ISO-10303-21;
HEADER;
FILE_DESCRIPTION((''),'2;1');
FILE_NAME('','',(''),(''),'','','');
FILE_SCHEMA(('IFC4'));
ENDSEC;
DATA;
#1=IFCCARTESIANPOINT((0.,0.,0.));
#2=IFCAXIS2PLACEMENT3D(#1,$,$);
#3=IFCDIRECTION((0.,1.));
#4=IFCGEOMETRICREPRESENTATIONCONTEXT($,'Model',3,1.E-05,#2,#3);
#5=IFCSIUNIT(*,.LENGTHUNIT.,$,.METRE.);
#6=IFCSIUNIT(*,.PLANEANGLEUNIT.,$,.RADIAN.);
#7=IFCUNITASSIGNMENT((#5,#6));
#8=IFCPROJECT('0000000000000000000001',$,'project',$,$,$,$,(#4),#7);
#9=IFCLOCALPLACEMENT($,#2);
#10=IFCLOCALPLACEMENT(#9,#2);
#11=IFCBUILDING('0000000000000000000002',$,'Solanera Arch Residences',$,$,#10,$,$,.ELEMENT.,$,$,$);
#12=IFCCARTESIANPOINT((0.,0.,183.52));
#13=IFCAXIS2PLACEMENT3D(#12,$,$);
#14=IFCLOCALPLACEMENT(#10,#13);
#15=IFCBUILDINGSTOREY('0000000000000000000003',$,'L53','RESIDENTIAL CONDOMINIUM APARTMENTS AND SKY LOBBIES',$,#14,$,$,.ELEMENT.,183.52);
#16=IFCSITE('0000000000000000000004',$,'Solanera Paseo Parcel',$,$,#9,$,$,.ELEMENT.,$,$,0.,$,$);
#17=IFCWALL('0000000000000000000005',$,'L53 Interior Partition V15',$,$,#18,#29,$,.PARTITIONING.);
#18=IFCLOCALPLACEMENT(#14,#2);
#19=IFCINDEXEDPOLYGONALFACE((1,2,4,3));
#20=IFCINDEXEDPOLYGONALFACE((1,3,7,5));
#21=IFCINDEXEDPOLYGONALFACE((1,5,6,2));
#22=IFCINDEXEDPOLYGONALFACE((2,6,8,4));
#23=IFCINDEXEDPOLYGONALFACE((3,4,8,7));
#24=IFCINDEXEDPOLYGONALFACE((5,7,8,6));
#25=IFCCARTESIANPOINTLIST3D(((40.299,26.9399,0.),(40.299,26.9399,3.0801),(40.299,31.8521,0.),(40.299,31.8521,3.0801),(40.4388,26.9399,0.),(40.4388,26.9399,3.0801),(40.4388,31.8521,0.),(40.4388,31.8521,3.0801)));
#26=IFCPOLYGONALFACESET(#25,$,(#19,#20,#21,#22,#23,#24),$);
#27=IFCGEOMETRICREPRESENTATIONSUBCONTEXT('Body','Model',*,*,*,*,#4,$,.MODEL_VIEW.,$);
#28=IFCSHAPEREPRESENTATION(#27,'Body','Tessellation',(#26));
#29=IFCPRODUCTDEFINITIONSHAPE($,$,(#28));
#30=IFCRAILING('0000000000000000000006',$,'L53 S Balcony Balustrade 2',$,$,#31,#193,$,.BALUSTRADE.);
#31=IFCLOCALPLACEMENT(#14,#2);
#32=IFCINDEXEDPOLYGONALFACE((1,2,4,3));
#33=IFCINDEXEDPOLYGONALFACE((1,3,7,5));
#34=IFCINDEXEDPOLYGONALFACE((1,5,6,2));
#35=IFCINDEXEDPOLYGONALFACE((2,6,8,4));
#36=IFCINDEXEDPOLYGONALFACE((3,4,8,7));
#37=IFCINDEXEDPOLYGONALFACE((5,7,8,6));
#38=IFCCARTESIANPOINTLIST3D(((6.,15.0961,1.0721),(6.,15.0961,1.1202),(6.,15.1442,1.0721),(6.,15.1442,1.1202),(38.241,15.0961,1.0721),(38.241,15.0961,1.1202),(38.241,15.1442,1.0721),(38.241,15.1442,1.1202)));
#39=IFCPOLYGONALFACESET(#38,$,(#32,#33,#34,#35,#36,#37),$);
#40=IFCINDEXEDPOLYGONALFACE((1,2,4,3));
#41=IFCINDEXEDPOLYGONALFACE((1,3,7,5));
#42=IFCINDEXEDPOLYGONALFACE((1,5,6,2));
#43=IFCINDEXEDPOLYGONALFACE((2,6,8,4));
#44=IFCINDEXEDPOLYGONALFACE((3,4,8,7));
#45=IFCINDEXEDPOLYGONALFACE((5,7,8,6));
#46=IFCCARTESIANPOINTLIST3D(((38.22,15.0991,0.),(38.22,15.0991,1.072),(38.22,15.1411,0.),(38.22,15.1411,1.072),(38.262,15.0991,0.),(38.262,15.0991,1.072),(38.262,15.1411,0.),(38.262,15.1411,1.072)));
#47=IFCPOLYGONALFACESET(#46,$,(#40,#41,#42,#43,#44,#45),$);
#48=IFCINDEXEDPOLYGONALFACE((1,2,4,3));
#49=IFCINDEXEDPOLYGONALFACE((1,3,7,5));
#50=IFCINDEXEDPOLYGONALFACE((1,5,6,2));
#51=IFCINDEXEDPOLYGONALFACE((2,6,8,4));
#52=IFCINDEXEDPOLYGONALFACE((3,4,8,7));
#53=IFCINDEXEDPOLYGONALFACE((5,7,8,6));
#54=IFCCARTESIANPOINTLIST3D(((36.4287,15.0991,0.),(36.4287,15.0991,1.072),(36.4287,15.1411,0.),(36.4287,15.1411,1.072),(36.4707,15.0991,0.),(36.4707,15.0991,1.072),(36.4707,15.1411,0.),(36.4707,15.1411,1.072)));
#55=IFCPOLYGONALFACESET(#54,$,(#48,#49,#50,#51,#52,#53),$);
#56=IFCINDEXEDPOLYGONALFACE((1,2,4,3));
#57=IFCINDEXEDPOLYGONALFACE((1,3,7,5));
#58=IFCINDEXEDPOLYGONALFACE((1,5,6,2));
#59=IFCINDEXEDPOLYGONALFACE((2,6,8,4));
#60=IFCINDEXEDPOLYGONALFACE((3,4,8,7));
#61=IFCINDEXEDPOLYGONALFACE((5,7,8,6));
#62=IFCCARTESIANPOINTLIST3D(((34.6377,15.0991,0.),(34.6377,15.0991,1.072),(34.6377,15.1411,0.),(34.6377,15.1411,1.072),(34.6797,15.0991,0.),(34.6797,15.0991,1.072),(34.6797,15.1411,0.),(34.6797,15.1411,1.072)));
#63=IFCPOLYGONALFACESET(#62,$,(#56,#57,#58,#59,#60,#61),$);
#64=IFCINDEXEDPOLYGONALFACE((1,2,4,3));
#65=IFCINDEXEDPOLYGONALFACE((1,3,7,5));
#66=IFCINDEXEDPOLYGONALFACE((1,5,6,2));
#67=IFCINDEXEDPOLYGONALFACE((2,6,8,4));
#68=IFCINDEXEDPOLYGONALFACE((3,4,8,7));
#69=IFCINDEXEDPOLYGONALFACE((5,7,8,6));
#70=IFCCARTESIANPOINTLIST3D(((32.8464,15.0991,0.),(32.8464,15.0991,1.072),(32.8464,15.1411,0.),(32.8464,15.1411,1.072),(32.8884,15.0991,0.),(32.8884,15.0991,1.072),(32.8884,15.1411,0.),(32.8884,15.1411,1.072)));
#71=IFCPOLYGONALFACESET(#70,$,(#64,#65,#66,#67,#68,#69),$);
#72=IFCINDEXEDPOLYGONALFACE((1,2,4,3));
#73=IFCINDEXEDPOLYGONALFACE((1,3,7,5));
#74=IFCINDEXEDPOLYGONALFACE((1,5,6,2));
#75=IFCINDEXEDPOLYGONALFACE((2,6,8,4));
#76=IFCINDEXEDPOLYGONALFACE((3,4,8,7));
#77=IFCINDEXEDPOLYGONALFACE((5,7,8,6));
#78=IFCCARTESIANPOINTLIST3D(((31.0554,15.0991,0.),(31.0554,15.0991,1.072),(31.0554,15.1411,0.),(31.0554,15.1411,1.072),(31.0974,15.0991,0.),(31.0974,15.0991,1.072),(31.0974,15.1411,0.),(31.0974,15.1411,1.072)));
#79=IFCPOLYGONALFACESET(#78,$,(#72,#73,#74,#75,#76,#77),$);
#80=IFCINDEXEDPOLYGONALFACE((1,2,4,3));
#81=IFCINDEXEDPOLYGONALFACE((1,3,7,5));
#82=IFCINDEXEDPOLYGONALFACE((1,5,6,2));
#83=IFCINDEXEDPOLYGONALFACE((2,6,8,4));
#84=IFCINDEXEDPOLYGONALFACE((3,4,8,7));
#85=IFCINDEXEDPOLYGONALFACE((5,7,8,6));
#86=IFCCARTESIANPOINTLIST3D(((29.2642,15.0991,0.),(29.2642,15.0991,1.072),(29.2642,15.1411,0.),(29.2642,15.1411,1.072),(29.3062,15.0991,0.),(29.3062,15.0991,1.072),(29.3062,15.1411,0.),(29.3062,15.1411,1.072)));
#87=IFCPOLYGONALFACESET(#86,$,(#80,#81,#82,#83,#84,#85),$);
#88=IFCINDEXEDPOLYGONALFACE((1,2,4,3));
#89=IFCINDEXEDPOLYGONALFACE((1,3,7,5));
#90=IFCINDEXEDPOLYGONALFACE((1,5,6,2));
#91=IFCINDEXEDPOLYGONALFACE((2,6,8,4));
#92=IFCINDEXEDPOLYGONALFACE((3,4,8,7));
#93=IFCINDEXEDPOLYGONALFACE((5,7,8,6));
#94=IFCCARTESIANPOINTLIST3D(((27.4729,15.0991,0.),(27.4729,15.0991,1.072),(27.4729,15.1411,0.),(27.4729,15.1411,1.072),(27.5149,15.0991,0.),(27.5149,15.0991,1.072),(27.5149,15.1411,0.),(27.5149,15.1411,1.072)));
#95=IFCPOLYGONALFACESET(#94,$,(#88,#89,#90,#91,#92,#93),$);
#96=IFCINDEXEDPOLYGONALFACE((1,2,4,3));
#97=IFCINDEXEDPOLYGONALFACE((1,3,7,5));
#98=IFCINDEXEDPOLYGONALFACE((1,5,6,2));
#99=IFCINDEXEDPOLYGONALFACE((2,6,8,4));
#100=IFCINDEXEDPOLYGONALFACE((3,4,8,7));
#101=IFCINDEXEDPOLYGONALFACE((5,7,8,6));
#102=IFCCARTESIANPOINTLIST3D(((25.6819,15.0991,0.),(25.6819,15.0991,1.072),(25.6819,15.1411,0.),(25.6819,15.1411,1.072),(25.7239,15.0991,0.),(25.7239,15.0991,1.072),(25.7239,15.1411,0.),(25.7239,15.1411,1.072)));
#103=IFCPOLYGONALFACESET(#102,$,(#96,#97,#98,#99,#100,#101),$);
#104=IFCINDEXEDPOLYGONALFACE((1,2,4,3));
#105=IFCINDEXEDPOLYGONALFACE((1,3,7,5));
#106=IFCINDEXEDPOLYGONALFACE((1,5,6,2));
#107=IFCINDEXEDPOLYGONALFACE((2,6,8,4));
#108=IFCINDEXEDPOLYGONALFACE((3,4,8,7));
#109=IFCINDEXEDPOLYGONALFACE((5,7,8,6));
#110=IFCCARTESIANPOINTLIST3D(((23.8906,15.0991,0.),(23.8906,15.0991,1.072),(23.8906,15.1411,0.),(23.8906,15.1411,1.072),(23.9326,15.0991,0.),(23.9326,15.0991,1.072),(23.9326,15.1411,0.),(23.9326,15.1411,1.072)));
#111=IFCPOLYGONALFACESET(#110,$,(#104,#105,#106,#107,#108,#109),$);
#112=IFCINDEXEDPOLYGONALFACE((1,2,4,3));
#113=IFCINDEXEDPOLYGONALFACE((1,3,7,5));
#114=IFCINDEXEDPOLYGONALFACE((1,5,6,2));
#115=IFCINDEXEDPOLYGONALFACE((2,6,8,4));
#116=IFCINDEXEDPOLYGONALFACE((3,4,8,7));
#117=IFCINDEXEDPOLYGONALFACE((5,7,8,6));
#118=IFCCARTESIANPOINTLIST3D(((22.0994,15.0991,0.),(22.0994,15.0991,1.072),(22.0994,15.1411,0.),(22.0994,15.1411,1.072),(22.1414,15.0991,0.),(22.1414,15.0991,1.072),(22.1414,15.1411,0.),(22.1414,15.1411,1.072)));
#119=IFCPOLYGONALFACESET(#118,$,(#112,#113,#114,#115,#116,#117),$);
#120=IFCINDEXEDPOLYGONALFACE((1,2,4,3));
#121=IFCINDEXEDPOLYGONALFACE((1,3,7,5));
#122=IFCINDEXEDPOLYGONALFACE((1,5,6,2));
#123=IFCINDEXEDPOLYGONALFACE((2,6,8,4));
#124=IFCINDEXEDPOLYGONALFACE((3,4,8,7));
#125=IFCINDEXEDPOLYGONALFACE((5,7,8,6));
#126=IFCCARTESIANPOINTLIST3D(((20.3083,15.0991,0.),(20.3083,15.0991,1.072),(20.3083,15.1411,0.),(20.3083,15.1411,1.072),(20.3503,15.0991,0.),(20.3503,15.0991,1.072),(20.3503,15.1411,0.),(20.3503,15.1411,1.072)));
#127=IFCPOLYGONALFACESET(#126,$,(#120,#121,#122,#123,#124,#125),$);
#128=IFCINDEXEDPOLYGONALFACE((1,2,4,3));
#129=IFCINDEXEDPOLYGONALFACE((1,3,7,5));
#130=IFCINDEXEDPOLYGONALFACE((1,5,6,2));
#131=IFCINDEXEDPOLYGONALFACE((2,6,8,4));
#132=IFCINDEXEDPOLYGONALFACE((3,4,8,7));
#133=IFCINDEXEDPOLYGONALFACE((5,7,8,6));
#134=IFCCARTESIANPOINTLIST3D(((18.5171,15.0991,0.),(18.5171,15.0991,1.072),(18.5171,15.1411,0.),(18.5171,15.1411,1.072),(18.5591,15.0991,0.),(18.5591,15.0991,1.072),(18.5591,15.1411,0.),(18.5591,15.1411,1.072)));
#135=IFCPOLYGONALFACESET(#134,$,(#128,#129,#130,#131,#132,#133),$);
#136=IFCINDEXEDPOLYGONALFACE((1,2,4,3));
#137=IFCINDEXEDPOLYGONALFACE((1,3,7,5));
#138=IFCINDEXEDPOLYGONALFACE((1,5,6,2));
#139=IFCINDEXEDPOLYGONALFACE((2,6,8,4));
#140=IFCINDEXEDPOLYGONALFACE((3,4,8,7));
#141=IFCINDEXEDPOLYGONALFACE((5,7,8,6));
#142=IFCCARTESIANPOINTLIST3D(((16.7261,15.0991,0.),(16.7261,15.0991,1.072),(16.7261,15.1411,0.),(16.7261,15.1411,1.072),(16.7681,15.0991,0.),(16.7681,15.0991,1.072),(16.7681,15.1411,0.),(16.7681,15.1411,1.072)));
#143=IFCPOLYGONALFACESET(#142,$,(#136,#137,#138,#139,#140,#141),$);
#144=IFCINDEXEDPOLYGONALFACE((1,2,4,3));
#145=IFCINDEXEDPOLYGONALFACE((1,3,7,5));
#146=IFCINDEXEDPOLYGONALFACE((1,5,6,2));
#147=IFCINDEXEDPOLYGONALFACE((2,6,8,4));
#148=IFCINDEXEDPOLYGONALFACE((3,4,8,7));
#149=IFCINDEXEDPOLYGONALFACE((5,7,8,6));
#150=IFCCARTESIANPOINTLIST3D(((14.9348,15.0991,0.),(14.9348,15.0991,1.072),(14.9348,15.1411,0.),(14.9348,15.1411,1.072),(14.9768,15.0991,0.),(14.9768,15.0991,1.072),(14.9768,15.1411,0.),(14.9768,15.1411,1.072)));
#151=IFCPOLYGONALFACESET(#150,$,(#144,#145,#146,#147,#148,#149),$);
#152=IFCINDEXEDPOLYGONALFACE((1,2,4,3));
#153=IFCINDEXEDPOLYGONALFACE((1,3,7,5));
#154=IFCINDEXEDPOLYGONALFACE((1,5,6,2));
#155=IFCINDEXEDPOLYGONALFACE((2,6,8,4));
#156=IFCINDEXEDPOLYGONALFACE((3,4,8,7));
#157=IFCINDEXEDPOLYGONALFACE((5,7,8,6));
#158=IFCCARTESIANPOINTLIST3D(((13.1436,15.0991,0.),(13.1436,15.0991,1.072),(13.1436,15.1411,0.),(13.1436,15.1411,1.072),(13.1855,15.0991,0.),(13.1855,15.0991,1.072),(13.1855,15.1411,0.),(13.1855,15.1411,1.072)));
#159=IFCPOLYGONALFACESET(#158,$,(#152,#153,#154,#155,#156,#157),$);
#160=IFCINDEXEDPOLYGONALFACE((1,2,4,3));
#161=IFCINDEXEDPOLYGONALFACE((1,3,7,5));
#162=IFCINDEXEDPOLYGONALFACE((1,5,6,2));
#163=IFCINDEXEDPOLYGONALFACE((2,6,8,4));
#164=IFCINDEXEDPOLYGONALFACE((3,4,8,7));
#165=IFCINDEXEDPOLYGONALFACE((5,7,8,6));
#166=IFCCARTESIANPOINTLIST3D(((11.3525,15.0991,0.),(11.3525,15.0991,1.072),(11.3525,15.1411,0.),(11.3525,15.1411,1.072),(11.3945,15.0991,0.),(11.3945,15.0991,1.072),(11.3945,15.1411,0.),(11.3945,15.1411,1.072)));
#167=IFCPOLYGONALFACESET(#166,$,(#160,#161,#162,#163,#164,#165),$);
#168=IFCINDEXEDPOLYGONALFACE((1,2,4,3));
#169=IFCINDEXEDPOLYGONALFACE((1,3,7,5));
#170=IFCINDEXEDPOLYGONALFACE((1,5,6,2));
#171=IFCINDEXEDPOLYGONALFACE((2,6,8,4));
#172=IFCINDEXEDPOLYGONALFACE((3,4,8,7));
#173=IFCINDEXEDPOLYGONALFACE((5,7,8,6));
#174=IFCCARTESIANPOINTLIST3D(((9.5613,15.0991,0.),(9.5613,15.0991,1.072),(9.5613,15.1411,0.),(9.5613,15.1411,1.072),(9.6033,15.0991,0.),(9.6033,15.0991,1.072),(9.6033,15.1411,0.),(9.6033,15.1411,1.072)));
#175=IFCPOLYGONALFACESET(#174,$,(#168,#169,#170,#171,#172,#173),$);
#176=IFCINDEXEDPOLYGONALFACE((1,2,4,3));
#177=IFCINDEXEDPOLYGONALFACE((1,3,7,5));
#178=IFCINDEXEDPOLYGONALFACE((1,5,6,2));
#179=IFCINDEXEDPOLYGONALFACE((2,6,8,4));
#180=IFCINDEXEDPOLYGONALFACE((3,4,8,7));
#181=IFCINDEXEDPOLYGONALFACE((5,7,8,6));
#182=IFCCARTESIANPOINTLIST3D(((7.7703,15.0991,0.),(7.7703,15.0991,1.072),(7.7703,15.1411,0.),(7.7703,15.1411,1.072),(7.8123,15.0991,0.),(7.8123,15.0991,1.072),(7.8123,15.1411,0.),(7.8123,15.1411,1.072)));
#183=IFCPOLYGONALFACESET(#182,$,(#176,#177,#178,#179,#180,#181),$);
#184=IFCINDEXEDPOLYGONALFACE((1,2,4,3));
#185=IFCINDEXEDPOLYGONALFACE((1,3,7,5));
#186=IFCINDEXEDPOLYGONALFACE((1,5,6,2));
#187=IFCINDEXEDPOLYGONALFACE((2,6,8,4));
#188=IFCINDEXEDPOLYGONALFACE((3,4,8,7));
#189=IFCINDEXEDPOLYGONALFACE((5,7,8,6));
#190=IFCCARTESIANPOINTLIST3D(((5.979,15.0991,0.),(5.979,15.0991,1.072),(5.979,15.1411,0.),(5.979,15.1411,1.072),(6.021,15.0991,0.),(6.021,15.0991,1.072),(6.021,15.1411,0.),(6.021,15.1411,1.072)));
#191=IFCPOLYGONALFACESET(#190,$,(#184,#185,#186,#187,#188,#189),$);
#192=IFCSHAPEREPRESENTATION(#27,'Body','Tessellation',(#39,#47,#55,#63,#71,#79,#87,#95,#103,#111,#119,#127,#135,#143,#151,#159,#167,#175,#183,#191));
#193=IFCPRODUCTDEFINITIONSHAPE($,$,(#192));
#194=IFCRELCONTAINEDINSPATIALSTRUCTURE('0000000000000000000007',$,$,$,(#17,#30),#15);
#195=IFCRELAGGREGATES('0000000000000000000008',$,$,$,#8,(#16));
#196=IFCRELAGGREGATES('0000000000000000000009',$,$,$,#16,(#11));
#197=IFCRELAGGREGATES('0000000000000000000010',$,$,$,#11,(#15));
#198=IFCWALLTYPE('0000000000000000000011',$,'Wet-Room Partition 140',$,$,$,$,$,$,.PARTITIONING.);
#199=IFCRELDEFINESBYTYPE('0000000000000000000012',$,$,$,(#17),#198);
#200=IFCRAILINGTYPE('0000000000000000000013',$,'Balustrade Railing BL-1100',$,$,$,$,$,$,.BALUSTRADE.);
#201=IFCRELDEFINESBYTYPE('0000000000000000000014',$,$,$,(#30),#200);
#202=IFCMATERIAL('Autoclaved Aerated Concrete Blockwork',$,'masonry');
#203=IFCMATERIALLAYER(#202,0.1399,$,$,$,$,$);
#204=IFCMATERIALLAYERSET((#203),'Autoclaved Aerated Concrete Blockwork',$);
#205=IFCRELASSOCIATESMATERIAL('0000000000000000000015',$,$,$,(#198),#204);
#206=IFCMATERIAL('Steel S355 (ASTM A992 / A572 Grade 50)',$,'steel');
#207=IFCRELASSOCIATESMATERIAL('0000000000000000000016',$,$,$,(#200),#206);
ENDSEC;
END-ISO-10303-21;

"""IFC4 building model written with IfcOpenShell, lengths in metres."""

from ifc_helpers import new_model, si_unit, direction, frame, frame_2d, origin, origin_2d, place, context, subcontext, project, spatial, rectangle, extrude, material, layer, layer_set, type_object, element, save


model = new_model("IFC4")

# Units and contexts
model_context = context("Model", 3, precision=1e-05, world=origin(), true_north=direction((0.0, 1.0)))
body_context = subcontext(model_context, "Body", "Model", "MODEL_VIEW")
ifc_project = project(units=[si_unit("LENGTHUNIT", "METRE"), si_unit("PLANEANGLEUNIT", "RADIAN")], contexts=[model_context])

# Site, building, storey
site_placement = place(None, origin())
site = spatial("IfcSite", under=ifc_project, at=site_placement, Name="Solanera Paseo Parcel", CompositionType="ELEMENT", RefElevation=0.0)
building_placement = place(site_placement, origin())
building = spatial("IfcBuilding", under=site, at=building_placement, Name="Solanera Arch Residences", CompositionType="ELEMENT")
storey_placement = place(building_placement, frame((0.0, 0.0, 183.52)))
storey = spatial("IfcBuildingStorey", under=building, at=storey_placement, Name="L53", Description="RESIDENTIAL CONDOMINIUM APARTMENTS AND SKY LOBBIES", CompositionType="ELEMENT", Elevation=183.52)

# Shared definitions
ifc_material_1 = material(Name="Autoclaved Aerated Concrete Blockwork", Category="masonry")
ifc_layer_1 = layer(ifc_material_1, 0.1399)
ifc_layer_set_1 = layer_set([ifc_layer_1], Name="Autoclaved Aerated Concrete Blockwork")
wall_type_1 = type_object("IfcWallType", Name="Wet-Room Partition 140", PredefinedType="PARTITIONING", material=ifc_layer_set_1)

# Wall
wall_1_placement = place(storey_placement, frame((40.3689, 26.9399, 0.0), z_axis=(0.0, 0.0, 1.0), x_axis=(0.0, 1.0, 0.0)))
element("IfcWall", 1, at=wall_1_placement, inside=storey, type_object=wall_type_1, Name="L53 Interior Partition V15", PredefinedType="PARTITIONING", context=body_context, shape_type="SweptSolid", body=[
    extrude(rectangle(XDim=4.9121, YDim=0.1399, at=frame_2d((2.4561, 0.0))), origin(), (0.0, 0.0, 1.0), 3.0801),
])

# Railing
ifc_material_2 = material(Name="Steel S355 (ASTM A992 / A572 Grade 50)", Category="steel")
railing_type = type_object("IfcRailingType", Name="Balustrade Railing BL-1100", PredefinedType="BALUSTRADE", material=ifc_material_2)
railing_1_placement = place(storey_placement, frame((38.241, 15.1201, 0.0)))
element("IfcRailing", 2, at=railing_1_placement, inside=storey, type_object=railing_type, Name="L53 S Balcony Balustrade 2", PredefinedType="BALUSTRADE", context=body_context, shape_type="SweptSolid", body=[
    extrude(rectangle(XDim=0.0481, YDim=0.0481, at=origin_2d()), frame((0.0, 0.0, 1.0962), z_axis=(-1.0, 0.0, 0.0), x_axis=(0.0, -1.0, 0.0)), (0.0, 0.0, 1.0), 32.241),
    extrude(rectangle(XDim=0.042, YDim=0.042, at=origin_2d()), origin(), (0.0, 0.0, 1.0), 1.072),
    extrude(rectangle(XDim=0.042, YDim=0.042, at=origin_2d()), frame((-1.7913, 0.0, 0.0)), (0.0, 0.0, 1.0), 1.072),
    extrude(rectangle(XDim=0.042, YDim=0.042, at=origin_2d()), frame((-3.5823, 0.0, 0.0)), (0.0, 0.0, 1.0), 1.072),
    extrude(rectangle(XDim=0.042, YDim=0.042, at=origin_2d()), frame((-5.3735, 0.0, 0.0)), (0.0, 0.0, 1.0), 1.072),
    extrude(rectangle(XDim=0.042, YDim=0.042, at=origin_2d()), frame((-7.1646, 0.0, 0.0)), (0.0, 0.0, 1.0), 1.072),
    extrude(rectangle(XDim=0.042, YDim=0.042, at=origin_2d()), frame((-8.9558, 0.0, 0.0)), (0.0, 0.0, 1.0), 1.072),
    extrude(rectangle(XDim=0.042, YDim=0.042, at=origin_2d()), frame((-10.7471, 0.0, 0.0)), (0.0, 0.0, 1.0), 1.072),
    extrude(rectangle(XDim=0.042, YDim=0.042, at=origin_2d()), frame((-12.5381, 0.0, 0.0)), (0.0, 0.0, 1.0), 1.072),
    extrude(rectangle(XDim=0.042, YDim=0.042, at=origin_2d()), frame((-14.3293, 0.0, 0.0)), (0.0, 0.0, 1.0), 1.072),
    extrude(rectangle(XDim=0.042, YDim=0.042, at=origin_2d()), frame((-16.1206, 0.0, 0.0)), (0.0, 0.0, 1.0), 1.072),
    extrude(rectangle(XDim=0.042, YDim=0.042, at=origin_2d()), frame((-17.9116, 0.0, 0.0)), (0.0, 0.0, 1.0), 1.072),
    extrude(rectangle(XDim=0.042, YDim=0.042, at=origin_2d()), frame((-19.7029, 0.0, 0.0)), (0.0, 0.0, 1.0), 1.072),
    extrude(rectangle(XDim=0.042, YDim=0.042, at=origin_2d()), frame((-21.4939, 0.0, 0.0)), (0.0, 0.0, 1.0), 1.072),
    extrude(rectangle(XDim=0.042, YDim=0.042, at=origin_2d()), frame((-23.2852, 0.0, 0.0)), (0.0, 0.0, 1.0), 1.072),
    extrude(rectangle(XDim=0.042, YDim=0.042, at=origin_2d()), frame((-25.0764, 0.0, 0.0)), (0.0, 0.0, 1.0), 1.072),
    extrude(rectangle(XDim=0.042, YDim=0.042, at=origin_2d()), frame((-26.8674, 0.0, 0.0)), (0.0, 0.0, 1.0), 1.072),
    extrude(rectangle(XDim=0.042, YDim=0.042, at=origin_2d()), frame((-28.6587, 0.0, 0.0)), (0.0, 0.0, 1.0), 1.072),
    extrude(rectangle(XDim=0.042, YDim=0.042, at=origin_2d()), frame((-30.4497, 0.0, 0.0)), (0.0, 0.0, 1.0), 1.072),
    extrude(rectangle(XDim=0.042, YDim=0.042, at=origin_2d()), frame((-32.241, 0.0, 0.0)), (0.0, 0.0, 1.0), 1.072),
])

save(model, "model.ifc")
